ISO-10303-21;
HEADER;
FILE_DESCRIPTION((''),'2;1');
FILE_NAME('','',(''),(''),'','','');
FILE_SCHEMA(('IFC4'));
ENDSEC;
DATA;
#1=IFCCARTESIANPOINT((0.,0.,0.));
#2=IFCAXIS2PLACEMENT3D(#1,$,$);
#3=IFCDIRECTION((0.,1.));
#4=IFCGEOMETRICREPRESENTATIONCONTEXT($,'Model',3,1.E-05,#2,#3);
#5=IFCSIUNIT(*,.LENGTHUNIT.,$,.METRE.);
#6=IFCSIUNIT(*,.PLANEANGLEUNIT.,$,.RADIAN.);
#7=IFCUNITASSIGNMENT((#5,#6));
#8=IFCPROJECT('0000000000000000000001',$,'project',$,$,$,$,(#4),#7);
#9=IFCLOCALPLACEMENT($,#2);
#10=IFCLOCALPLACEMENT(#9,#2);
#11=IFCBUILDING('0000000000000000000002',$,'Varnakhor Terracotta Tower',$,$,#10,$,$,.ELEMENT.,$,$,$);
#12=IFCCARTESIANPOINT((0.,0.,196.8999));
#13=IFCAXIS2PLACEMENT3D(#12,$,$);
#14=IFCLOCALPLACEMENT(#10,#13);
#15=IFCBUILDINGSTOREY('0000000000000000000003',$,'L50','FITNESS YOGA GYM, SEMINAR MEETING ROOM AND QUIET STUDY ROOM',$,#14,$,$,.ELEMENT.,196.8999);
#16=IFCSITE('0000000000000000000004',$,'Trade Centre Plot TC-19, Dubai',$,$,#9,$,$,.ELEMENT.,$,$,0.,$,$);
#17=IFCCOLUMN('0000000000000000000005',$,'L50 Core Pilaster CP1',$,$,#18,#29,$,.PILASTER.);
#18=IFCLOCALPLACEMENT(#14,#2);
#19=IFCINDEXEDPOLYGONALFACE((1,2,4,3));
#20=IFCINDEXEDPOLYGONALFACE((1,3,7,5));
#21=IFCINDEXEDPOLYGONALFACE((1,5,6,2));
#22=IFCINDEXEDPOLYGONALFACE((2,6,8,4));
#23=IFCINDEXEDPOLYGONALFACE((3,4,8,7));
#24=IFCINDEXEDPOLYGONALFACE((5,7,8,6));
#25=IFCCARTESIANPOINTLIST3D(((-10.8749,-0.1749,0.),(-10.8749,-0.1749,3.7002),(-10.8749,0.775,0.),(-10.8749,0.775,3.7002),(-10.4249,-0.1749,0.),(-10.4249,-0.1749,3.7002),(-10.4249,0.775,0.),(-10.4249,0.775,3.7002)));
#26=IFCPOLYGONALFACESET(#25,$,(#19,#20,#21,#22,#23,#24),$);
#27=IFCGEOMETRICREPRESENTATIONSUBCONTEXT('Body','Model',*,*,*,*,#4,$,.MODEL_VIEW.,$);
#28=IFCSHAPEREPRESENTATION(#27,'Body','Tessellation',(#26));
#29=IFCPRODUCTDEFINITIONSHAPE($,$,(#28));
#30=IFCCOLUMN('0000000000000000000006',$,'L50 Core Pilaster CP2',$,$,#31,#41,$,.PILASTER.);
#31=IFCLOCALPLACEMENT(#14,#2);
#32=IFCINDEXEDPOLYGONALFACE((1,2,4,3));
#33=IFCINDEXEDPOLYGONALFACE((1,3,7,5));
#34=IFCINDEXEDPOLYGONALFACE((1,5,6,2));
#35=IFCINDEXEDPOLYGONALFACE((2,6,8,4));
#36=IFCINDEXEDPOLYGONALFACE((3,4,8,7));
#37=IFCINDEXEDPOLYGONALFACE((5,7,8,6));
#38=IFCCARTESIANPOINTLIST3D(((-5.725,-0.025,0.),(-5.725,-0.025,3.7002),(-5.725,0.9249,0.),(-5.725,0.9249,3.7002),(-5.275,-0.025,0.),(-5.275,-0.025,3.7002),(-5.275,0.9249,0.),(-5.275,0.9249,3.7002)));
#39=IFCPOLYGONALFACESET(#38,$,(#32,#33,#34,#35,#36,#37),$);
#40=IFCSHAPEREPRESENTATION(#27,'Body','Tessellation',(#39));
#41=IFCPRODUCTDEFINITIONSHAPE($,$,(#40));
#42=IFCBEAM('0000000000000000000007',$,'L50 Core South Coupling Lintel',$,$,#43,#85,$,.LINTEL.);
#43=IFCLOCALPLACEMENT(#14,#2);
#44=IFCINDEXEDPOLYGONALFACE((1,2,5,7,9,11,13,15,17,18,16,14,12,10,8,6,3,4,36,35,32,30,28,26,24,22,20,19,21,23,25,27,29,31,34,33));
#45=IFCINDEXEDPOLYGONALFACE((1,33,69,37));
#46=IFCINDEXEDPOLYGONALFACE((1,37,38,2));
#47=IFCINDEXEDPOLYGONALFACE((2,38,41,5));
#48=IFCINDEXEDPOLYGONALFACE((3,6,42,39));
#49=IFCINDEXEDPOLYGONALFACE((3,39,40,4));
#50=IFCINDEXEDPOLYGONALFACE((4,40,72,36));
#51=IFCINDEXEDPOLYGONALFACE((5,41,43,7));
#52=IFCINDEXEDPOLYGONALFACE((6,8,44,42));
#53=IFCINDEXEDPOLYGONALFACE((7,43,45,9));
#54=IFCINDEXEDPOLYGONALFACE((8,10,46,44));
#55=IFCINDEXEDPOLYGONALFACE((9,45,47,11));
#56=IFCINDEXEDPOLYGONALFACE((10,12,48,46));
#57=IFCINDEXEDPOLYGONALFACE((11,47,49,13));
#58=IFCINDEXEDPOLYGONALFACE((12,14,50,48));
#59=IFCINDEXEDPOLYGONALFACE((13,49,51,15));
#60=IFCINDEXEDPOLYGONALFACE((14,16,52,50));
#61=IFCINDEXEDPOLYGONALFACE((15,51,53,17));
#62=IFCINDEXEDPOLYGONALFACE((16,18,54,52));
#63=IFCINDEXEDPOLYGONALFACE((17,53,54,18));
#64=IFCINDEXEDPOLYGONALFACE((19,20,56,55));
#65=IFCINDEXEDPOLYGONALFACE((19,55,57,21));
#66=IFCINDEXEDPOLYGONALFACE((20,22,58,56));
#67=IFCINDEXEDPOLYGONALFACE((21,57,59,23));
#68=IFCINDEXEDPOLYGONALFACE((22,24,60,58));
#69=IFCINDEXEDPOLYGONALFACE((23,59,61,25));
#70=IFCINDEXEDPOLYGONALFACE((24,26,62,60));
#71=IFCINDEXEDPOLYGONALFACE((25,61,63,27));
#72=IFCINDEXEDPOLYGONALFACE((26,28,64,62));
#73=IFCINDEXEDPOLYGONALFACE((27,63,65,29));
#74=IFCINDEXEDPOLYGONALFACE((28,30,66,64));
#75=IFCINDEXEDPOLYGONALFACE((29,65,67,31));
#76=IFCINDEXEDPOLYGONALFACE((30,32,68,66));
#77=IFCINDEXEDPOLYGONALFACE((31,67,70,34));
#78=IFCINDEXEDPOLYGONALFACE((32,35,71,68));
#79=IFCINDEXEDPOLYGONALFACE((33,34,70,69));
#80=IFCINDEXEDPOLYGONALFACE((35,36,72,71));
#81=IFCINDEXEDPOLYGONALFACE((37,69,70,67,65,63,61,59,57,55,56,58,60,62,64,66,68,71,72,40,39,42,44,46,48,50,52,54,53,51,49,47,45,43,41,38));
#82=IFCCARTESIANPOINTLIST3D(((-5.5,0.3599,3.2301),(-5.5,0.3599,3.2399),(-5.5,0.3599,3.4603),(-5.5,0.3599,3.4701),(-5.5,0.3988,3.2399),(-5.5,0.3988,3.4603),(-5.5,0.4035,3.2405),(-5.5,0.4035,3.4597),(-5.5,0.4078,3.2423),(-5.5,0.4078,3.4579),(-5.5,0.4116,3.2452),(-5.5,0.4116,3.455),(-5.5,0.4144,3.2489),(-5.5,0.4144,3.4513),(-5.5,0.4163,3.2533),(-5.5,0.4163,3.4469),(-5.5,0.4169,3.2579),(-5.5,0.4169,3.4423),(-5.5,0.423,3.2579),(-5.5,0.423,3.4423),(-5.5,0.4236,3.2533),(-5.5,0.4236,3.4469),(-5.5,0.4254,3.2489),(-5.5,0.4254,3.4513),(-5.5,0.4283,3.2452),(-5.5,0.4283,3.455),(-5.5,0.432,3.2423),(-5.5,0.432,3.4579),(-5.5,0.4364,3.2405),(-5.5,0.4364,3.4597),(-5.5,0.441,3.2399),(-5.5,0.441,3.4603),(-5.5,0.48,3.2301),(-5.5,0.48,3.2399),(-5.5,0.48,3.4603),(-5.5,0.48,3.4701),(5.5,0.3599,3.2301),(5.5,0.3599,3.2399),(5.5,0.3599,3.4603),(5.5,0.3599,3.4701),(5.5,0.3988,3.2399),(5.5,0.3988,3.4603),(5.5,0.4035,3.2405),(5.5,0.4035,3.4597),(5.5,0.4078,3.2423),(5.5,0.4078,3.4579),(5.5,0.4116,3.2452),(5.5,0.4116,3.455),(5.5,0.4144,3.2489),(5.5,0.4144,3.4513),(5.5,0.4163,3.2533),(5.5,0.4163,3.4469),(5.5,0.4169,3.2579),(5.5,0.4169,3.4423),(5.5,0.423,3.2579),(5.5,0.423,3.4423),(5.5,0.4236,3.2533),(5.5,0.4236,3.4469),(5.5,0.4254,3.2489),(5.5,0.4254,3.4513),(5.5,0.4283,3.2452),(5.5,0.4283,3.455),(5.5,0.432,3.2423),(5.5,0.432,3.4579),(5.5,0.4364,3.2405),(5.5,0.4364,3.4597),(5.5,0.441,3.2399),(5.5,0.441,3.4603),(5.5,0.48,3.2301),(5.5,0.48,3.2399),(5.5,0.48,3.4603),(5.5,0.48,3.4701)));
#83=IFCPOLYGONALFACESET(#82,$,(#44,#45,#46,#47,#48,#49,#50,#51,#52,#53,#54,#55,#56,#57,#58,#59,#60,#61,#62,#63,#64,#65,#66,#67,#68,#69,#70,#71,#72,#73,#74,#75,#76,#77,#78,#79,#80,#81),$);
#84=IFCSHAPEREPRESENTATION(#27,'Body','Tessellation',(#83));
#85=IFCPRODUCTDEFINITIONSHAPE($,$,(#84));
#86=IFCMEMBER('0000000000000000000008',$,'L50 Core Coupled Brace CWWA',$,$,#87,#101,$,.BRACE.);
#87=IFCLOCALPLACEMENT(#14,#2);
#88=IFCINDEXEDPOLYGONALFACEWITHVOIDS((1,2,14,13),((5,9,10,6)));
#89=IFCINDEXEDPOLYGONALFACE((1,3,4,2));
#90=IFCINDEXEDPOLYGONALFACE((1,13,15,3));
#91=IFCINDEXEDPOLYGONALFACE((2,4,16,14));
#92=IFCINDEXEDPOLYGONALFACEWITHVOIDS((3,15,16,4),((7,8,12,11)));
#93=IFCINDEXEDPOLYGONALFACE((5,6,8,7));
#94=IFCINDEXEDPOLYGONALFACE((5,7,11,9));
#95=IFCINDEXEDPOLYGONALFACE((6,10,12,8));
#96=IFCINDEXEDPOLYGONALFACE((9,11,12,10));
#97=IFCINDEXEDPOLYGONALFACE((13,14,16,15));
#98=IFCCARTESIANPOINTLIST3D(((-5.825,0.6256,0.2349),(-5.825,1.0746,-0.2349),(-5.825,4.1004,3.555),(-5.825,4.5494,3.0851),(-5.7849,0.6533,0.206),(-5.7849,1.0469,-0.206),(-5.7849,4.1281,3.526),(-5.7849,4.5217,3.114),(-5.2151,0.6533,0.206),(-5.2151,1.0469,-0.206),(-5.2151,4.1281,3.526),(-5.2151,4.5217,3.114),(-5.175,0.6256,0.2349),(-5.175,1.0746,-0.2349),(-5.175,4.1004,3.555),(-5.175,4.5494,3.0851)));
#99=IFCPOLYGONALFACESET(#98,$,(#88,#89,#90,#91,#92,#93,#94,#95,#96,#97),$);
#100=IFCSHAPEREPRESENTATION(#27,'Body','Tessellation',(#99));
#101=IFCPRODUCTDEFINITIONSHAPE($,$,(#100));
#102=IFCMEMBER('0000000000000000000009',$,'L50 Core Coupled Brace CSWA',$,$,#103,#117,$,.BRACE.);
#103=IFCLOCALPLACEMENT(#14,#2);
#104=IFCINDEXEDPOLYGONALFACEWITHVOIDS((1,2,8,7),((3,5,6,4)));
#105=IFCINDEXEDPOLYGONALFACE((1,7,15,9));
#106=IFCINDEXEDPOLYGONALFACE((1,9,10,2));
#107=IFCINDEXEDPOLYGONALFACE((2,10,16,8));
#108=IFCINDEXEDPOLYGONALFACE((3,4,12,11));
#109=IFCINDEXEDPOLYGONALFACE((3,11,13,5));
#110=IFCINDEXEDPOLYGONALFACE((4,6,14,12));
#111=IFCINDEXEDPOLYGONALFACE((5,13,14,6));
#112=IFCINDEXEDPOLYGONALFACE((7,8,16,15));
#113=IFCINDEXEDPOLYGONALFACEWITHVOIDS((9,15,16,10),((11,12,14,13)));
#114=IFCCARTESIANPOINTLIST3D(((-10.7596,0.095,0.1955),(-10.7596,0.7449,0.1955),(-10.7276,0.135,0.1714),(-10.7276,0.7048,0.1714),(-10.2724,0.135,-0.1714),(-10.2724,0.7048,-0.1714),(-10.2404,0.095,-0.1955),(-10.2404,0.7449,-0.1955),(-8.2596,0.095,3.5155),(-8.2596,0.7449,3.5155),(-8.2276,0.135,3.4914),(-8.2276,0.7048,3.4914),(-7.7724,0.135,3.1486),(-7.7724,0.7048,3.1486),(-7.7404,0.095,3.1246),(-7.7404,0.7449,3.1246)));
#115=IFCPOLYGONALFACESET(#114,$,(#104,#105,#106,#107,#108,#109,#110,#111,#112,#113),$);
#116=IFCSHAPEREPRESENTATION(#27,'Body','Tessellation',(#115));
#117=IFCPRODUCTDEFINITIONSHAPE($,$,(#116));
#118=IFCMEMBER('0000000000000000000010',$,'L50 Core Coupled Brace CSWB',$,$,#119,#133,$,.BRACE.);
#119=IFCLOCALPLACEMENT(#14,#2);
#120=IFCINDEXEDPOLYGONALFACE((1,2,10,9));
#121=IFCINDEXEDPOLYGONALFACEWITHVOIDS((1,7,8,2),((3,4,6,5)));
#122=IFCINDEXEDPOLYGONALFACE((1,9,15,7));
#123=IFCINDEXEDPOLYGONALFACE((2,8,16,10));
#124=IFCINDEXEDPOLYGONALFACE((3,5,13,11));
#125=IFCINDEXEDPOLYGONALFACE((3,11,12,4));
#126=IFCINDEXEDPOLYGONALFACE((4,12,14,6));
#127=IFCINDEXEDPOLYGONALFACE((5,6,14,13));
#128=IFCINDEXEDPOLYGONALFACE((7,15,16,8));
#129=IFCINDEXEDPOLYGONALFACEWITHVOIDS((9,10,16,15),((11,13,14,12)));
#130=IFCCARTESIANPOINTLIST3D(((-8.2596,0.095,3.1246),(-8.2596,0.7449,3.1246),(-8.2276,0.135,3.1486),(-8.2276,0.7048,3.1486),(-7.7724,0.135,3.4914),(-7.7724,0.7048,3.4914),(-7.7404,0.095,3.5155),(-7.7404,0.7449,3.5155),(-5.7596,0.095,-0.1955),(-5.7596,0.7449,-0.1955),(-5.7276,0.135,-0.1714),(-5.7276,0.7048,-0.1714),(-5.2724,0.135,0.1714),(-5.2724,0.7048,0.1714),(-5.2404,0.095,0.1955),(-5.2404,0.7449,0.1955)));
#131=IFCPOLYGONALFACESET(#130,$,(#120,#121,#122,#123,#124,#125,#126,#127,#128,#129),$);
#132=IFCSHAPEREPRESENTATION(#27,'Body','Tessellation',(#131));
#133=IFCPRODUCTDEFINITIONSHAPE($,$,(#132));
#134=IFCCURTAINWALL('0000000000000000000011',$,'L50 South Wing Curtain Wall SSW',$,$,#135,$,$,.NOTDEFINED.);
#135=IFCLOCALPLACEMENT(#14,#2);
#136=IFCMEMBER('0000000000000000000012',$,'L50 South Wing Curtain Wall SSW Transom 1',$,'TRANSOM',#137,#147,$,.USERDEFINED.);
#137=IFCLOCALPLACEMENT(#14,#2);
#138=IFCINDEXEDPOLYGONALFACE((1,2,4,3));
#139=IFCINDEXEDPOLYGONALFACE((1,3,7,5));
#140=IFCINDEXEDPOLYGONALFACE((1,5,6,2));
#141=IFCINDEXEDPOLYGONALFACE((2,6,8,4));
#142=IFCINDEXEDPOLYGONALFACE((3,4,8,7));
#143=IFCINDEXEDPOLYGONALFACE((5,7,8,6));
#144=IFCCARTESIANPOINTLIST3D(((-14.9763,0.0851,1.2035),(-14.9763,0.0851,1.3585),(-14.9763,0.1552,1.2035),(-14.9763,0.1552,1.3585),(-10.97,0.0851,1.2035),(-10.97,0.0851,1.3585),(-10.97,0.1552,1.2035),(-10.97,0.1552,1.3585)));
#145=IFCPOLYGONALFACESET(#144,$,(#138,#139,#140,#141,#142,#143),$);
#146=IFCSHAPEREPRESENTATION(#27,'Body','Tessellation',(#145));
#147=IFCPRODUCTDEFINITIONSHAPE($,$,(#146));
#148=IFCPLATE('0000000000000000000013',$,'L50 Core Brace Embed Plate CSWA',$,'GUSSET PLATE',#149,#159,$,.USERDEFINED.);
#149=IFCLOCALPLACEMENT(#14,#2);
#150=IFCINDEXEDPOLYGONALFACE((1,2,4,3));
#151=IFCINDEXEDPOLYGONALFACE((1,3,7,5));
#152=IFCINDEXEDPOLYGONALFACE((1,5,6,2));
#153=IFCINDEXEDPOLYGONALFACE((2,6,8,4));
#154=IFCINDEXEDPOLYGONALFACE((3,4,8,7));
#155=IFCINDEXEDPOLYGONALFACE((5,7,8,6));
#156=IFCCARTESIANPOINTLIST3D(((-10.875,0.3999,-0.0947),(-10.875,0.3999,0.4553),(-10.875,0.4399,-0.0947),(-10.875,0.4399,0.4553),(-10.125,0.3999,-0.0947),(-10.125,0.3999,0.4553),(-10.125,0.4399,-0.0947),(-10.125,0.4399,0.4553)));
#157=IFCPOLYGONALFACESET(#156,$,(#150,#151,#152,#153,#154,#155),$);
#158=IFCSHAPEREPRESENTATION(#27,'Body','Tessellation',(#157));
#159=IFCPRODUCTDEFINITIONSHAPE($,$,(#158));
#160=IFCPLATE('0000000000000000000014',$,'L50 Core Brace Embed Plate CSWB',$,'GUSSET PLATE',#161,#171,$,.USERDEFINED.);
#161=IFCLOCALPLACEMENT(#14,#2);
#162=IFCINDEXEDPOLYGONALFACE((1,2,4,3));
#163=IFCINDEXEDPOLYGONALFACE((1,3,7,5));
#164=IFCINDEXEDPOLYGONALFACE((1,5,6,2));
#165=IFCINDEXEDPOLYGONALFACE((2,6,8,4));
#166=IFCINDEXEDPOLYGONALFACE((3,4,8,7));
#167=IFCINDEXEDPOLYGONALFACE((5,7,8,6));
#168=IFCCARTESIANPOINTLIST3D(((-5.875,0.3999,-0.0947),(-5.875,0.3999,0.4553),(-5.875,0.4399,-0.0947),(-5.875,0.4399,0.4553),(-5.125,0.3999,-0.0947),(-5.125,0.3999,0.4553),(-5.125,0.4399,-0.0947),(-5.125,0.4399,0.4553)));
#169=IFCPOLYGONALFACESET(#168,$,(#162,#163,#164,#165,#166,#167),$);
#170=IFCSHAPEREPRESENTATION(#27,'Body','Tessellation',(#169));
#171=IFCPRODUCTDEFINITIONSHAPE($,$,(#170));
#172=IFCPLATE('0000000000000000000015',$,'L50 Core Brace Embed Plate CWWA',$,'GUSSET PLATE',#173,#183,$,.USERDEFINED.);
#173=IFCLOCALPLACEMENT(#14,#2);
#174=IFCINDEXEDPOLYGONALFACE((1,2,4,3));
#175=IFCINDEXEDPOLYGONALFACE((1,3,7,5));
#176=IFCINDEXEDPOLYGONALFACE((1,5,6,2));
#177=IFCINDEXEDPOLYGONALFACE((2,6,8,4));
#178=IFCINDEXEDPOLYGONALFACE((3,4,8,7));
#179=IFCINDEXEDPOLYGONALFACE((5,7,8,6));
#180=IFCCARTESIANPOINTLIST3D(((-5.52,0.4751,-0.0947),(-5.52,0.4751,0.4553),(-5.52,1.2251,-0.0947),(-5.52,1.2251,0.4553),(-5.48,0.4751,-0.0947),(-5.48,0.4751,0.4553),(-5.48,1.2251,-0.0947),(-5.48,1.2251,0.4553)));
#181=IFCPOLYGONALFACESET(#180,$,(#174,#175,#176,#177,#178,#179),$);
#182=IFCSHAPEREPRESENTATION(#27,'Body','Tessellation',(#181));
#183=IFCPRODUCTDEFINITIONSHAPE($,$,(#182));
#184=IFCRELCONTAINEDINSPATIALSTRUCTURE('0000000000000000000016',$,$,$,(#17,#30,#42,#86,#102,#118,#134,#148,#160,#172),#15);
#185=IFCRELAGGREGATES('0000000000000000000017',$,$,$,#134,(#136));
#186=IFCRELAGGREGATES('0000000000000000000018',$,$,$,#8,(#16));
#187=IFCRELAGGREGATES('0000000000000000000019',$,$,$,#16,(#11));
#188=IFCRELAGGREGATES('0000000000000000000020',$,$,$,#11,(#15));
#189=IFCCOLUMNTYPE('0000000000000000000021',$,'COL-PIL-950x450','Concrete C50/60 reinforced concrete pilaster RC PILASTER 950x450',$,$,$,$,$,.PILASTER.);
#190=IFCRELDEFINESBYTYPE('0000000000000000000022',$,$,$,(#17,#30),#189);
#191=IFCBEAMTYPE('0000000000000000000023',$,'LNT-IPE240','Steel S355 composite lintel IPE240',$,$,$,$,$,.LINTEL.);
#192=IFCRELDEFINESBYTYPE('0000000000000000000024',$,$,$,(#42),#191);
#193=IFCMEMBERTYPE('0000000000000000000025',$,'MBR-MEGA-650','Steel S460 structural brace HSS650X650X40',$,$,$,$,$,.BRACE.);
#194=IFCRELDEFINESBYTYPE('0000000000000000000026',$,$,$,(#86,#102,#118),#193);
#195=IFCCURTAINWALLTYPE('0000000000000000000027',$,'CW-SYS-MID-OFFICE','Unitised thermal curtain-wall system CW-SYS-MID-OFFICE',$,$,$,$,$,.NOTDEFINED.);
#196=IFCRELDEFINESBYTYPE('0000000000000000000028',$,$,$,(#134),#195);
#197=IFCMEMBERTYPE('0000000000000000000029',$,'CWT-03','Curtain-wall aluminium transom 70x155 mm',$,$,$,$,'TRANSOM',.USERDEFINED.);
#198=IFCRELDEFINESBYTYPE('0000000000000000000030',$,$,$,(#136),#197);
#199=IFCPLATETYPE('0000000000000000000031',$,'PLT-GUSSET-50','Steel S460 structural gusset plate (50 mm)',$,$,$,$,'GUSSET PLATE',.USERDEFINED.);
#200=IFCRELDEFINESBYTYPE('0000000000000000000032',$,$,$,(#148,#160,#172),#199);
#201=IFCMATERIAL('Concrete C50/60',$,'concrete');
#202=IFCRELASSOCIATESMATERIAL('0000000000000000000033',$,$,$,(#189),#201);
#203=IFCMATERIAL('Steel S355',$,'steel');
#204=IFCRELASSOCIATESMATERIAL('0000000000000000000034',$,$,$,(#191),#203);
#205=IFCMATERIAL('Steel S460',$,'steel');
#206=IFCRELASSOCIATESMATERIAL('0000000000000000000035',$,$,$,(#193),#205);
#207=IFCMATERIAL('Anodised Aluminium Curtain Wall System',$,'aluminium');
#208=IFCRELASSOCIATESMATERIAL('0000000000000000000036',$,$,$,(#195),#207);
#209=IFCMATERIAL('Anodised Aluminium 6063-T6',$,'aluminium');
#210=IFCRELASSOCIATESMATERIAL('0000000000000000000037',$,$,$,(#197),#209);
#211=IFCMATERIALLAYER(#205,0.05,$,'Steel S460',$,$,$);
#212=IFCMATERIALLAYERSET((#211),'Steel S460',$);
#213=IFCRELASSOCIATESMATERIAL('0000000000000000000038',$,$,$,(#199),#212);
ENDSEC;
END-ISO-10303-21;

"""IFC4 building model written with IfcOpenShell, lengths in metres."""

from ifc_helpers import new_model, si_unit, direction, frame, origin, origin_2d, place, context, subcontext, project, spatial, rectangle, hollow_rectangle, i_section, extrude, source, transform, mapped, material, layer, layer_set, material_profile, profile_set, type_object, type_shapes, element, aggregate, save


model = new_model("IFC4")

# Units and contexts
model_context = context("Model", 3, precision=1e-05, world=origin(), true_north=direction((0.0, 1.0)))
body_context = subcontext(model_context, "Body", "Model", "MODEL_VIEW")
ifc_project = project(units=[si_unit("LENGTHUNIT", "METRE"), si_unit("PLANEANGLEUNIT", "RADIAN")], contexts=[model_context])

# Site, building, storey
site_placement = place(None, origin())
site = spatial("IfcSite", under=ifc_project, at=site_placement, Name="Trade Centre Plot TC-19, Dubai", CompositionType="ELEMENT", RefElevation=0.0)
building_placement = place(site_placement, origin())
building = spatial("IfcBuilding", under=site, at=building_placement, Name="Varnakhor Terracotta Tower", CompositionType="ELEMENT")
storey_placement = place(building_placement, frame((0.0, 0.0, 196.8999)))
storey = spatial("IfcBuildingStorey", under=building, at=storey_placement, Name="L50", Description="FITNESS YOGA GYM, SEMINAR MEETING ROOM AND QUIET STUDY ROOM", CompositionType="ELEMENT", Elevation=196.8999)

# Columns
ifc_material_1 = material(Name="Concrete C50/60", Category="concrete")
ifc_material_profile_1 = material_profile(ifc_material_1, rectangle(XDim=0.45, YDim=0.95, at=origin_2d()), Name="RC PILASTER 950x450")
ifc_profile_set_1 = profile_set([ifc_material_profile_1], Name="Concrete C50/60")
column_type = type_object("IfcColumnType", Name="COL-PIL-950x450", Description="Concrete C50/60 reinforced concrete pilaster RC PILASTER 950x450", PredefinedType="PILASTER", material=ifc_profile_set_1)
shared_shape_1 = source(origin(), body_context, "Body", "SweptSolid", [
    extrude(rectangle(XDim=0.45, YDim=0.95, at=origin_2d()), origin(), (0.0, 0.0, 1.0), 3.7002),
])
for number, where, z_axis, x_axis, name in (
    (1, (-10.6499, 0.3, 0.0), (0.0, 0.0, 1.0), (1.0, 0.0, 0.0), "L50 Core Pilaster CP1"),
    (2, (-5.5, 0.45, 0.0), (0.0, 0.0, 1.0), (1.0, 0.0, 0.0), "L50 Core Pilaster CP2"),
):
    element("IfcColumn", number, at=place(storey_placement, frame(where, z_axis=z_axis, x_axis=x_axis)), inside=storey, type_object=column_type, Name=name, PredefinedType="PILASTER", context=body_context, shape_type="MappedRepresentation", body=[
        mapped(shared_shape_1, transform((0.0, 0.0, 0.0), scale=1.0)),
    ])

# Beam
ifc_material_2 = material(Name="Steel S355", Category="steel")
ifc_material_profile_2 = material_profile(ifc_material_2, i_section(OverallWidth=0.1201, OverallDepth=0.24, WebThickness=0.0061, FlangeThickness=0.0098, FilletRadius=0.0181, at=origin_2d()), Name="IPE240")
ifc_profile_set_2 = profile_set([ifc_material_profile_2], Name="Steel S355")
beam_type = type_object("IfcBeamType", Name="LNT-IPE240", Description="Steel S355 composite lintel IPE240", PredefinedType="LINTEL", material=ifc_profile_set_2)
shared_shape_2 = source(origin(), body_context, "Body", "SweptSolid", [
    extrude(i_section(OverallWidth=0.1201, OverallDepth=0.24, WebThickness=0.0061, FlangeThickness=0.0098, FilletRadius=0.0181, at=origin_2d()), origin(), (0.0, 0.0, 1.0), 11.0),
])
type_shapes(beam_type, [shared_shape_2])
beam_placement = place(storey_placement, frame((-5.5, 0.4199, 3.3501), z_axis=(1.0, 0.0, 0.0), x_axis=(0.0, 1.0, 0.0)))
element("IfcBeam", 3, at=beam_placement, inside=storey, type_object=beam_type, Name="L50 Core South Coupling Lintel", PredefinedType="LINTEL", context=body_context, shape_type="MappedRepresentation", body=[
    mapped(shared_shape_2, transform((0.0, 0.0, 0.0), scale=1.0)),
])

# Members
ifc_material_3 = material(Name="Steel S460", Category="steel")
ifc_material_profile_3 = material_profile(ifc_material_3, hollow_rectangle(XDim=0.6499, YDim=0.6499, WallThickness=0.04, at=origin_2d()), Name="HSS650X650X40")
ifc_profile_set_3 = profile_set([ifc_material_profile_3], Name="Steel S460")
member_type_1 = type_object("IfcMemberType", Name="MBR-MEGA-650", Description="Steel S460 structural brace HSS650X650X40", PredefinedType="BRACE", material=ifc_profile_set_3)
shared_shape_3 = source(origin(), body_context, "Body", "SweptSolid", [
    extrude(hollow_rectangle(XDim=0.6499, YDim=0.6499, WallThickness=0.04, at=origin_2d()), origin(), (0.0, 0.0, 1.0), 4.8059),
])
member_1_placement = place(storey_placement, frame((-5.5, 0.8501, 0.0), z_axis=(0.0, 0.723027, 0.69082), x_axis=(-1.0, 0.0, 0.0)))
element("IfcMember", 4, at=member_1_placement, inside=storey, type_object=member_type_1, Name="L50 Core Coupled Brace CWWA", PredefinedType="BRACE", context=body_context, shape_type="MappedRepresentation", body=[
    mapped(shared_shape_3, transform((0.0, 0.0, 0.0), scale=1.0)),
])
shared_shape_4 = source(origin(), body_context, "Body", "SweptSolid", [
    extrude(hollow_rectangle(XDim=0.6499, YDim=0.6499, WallThickness=0.04, at=origin_2d()), origin(), (0.0, 0.0, 1.0), 4.156),
])
for number, where, z_axis, x_axis, name in (
    (5, (-10.5, 0.4199, 0.0), (0.601531, 0.0, 0.79885), (0.0, 1.0, 0.0), "L50 Core Coupled Brace CSWA"),
    (6, (-5.5, 0.4199, 0.0), (-0.601531, 0.0, 0.79885), (0.0, -1.0, 0.0), "L50 Core Coupled Brace CSWB"),
):
    element("IfcMember", number, at=place(storey_placement, frame(where, z_axis=z_axis, x_axis=x_axis)), inside=storey, type_object=member_type_1, Name=name, PredefinedType="BRACE", context=body_context, shape_type="MappedRepresentation", body=[
        mapped(shared_shape_4, transform((0.0, 0.0, 0.0), scale=1.0)),
    ])

# Curtain wall, member
ifc_material_4 = material(Name="Anodised Aluminium Curtain Wall System", Category="aluminium")
curtain_wall_type = type_object("IfcCurtainWallType", Name="CW-SYS-MID-OFFICE", Description="Unitised thermal curtain-wall system CW-SYS-MID-OFFICE", PredefinedType="NOTDEFINED", material=ifc_material_4)
curtain_wall_placement = place(storey_placement, origin())
curtain_wall = element("IfcCurtainWall", 7, at=curtain_wall_placement, inside=storey, type_object=curtain_wall_type, Name="L50 South Wing Curtain Wall SSW", PredefinedType="NOTDEFINED")
ifc_material_5 = material(Name="Anodised Aluminium 6063-T6", Category="aluminium")
ifc_material_profile_4 = material_profile(ifc_material_5, rectangle(XDim=0.0701, YDim=0.155, at=origin_2d()), Name="ALU TRANSOM 70x155")
ifc_profile_set_4 = profile_set([ifc_material_profile_4], Name="Anodised Aluminium 6063-T6")
member_type_2 = type_object("IfcMemberType", Name="CWT-03", Description="Curtain-wall aluminium transom 70x155 mm", ElementType="TRANSOM", PredefinedType="USERDEFINED", material=ifc_profile_set_4)
shared_shape_5 = source(origin(), body_context, "Body", "SweptSolid", [
    extrude(rectangle(XDim=0.0701, YDim=0.155, at=origin_2d()), origin(), (0.0, 0.0, 1.0), 4.0063),
])
member_2_placement = place(storey_placement, frame((-10.97, 0.1201, 1.281), z_axis=(-1.0, 0.0, 0.0), x_axis=(0.0, -1.0, 0.0)))
member_2 = element("IfcMember", 8, at=member_2_placement, type_object=member_type_2, Name="L50 South Wing Curtain Wall SSW Transom 1", ObjectType="TRANSOM", PredefinedType="USERDEFINED", context=body_context, shape_type="MappedRepresentation", body=[
    mapped(shared_shape_5, transform((0.0, 0.0, 0.0), scale=1.0)),
])
aggregate(curtain_wall, [member_2])

# Plates
ifc_layer_1 = layer(ifc_material_3, 0.05, Name="Steel S460")
ifc_layer_set_1 = layer_set([ifc_layer_1], Name="Steel S460")
plate_type = type_object("IfcPlateType", Name="PLT-GUSSET-50", Description="Steel S460 structural gusset plate (50 mm)", ElementType="GUSSET PLATE", PredefinedType="USERDEFINED", material=ifc_layer_set_1)
shared_shape_6 = source(origin(), body_context, "Body", "SweptSolid", [
    extrude(rectangle(XDim=0.75, YDim=0.04, at=origin_2d()), origin(), (0.0, 0.0, 1.0), 0.55),
])
type_shapes(plate_type, [shared_shape_6])
for number, where, z_axis, x_axis, name in (
    (9, (-10.5, 0.4199, -0.0947), (0.0, 0.0, 1.0), (1.0, 0.0, 0.0), "L50 Core Brace Embed Plate CSWA"),
    (10, (-5.5, 0.4199, -0.0947), (0.0, 0.0, 1.0), (1.0, 0.0, 0.0), "L50 Core Brace Embed Plate CSWB"),
    (11, (-5.5, 0.8501, -0.0947), (0.0, 0.0, 1.0), (0.0, 1.0, 0.0), "L50 Core Brace Embed Plate CWWA"),
):
    element("IfcPlate", number, at=place(storey_placement, frame(where, z_axis=z_axis, x_axis=x_axis)), inside=storey, type_object=plate_type, Name=name, ObjectType="GUSSET PLATE", PredefinedType="USERDEFINED", context=body_context, shape_type="MappedRepresentation", body=[
        mapped(shared_shape_6, transform((0.0, 0.0, 0.0), scale=1.0)),
    ])

save(model, "model.ifc")
